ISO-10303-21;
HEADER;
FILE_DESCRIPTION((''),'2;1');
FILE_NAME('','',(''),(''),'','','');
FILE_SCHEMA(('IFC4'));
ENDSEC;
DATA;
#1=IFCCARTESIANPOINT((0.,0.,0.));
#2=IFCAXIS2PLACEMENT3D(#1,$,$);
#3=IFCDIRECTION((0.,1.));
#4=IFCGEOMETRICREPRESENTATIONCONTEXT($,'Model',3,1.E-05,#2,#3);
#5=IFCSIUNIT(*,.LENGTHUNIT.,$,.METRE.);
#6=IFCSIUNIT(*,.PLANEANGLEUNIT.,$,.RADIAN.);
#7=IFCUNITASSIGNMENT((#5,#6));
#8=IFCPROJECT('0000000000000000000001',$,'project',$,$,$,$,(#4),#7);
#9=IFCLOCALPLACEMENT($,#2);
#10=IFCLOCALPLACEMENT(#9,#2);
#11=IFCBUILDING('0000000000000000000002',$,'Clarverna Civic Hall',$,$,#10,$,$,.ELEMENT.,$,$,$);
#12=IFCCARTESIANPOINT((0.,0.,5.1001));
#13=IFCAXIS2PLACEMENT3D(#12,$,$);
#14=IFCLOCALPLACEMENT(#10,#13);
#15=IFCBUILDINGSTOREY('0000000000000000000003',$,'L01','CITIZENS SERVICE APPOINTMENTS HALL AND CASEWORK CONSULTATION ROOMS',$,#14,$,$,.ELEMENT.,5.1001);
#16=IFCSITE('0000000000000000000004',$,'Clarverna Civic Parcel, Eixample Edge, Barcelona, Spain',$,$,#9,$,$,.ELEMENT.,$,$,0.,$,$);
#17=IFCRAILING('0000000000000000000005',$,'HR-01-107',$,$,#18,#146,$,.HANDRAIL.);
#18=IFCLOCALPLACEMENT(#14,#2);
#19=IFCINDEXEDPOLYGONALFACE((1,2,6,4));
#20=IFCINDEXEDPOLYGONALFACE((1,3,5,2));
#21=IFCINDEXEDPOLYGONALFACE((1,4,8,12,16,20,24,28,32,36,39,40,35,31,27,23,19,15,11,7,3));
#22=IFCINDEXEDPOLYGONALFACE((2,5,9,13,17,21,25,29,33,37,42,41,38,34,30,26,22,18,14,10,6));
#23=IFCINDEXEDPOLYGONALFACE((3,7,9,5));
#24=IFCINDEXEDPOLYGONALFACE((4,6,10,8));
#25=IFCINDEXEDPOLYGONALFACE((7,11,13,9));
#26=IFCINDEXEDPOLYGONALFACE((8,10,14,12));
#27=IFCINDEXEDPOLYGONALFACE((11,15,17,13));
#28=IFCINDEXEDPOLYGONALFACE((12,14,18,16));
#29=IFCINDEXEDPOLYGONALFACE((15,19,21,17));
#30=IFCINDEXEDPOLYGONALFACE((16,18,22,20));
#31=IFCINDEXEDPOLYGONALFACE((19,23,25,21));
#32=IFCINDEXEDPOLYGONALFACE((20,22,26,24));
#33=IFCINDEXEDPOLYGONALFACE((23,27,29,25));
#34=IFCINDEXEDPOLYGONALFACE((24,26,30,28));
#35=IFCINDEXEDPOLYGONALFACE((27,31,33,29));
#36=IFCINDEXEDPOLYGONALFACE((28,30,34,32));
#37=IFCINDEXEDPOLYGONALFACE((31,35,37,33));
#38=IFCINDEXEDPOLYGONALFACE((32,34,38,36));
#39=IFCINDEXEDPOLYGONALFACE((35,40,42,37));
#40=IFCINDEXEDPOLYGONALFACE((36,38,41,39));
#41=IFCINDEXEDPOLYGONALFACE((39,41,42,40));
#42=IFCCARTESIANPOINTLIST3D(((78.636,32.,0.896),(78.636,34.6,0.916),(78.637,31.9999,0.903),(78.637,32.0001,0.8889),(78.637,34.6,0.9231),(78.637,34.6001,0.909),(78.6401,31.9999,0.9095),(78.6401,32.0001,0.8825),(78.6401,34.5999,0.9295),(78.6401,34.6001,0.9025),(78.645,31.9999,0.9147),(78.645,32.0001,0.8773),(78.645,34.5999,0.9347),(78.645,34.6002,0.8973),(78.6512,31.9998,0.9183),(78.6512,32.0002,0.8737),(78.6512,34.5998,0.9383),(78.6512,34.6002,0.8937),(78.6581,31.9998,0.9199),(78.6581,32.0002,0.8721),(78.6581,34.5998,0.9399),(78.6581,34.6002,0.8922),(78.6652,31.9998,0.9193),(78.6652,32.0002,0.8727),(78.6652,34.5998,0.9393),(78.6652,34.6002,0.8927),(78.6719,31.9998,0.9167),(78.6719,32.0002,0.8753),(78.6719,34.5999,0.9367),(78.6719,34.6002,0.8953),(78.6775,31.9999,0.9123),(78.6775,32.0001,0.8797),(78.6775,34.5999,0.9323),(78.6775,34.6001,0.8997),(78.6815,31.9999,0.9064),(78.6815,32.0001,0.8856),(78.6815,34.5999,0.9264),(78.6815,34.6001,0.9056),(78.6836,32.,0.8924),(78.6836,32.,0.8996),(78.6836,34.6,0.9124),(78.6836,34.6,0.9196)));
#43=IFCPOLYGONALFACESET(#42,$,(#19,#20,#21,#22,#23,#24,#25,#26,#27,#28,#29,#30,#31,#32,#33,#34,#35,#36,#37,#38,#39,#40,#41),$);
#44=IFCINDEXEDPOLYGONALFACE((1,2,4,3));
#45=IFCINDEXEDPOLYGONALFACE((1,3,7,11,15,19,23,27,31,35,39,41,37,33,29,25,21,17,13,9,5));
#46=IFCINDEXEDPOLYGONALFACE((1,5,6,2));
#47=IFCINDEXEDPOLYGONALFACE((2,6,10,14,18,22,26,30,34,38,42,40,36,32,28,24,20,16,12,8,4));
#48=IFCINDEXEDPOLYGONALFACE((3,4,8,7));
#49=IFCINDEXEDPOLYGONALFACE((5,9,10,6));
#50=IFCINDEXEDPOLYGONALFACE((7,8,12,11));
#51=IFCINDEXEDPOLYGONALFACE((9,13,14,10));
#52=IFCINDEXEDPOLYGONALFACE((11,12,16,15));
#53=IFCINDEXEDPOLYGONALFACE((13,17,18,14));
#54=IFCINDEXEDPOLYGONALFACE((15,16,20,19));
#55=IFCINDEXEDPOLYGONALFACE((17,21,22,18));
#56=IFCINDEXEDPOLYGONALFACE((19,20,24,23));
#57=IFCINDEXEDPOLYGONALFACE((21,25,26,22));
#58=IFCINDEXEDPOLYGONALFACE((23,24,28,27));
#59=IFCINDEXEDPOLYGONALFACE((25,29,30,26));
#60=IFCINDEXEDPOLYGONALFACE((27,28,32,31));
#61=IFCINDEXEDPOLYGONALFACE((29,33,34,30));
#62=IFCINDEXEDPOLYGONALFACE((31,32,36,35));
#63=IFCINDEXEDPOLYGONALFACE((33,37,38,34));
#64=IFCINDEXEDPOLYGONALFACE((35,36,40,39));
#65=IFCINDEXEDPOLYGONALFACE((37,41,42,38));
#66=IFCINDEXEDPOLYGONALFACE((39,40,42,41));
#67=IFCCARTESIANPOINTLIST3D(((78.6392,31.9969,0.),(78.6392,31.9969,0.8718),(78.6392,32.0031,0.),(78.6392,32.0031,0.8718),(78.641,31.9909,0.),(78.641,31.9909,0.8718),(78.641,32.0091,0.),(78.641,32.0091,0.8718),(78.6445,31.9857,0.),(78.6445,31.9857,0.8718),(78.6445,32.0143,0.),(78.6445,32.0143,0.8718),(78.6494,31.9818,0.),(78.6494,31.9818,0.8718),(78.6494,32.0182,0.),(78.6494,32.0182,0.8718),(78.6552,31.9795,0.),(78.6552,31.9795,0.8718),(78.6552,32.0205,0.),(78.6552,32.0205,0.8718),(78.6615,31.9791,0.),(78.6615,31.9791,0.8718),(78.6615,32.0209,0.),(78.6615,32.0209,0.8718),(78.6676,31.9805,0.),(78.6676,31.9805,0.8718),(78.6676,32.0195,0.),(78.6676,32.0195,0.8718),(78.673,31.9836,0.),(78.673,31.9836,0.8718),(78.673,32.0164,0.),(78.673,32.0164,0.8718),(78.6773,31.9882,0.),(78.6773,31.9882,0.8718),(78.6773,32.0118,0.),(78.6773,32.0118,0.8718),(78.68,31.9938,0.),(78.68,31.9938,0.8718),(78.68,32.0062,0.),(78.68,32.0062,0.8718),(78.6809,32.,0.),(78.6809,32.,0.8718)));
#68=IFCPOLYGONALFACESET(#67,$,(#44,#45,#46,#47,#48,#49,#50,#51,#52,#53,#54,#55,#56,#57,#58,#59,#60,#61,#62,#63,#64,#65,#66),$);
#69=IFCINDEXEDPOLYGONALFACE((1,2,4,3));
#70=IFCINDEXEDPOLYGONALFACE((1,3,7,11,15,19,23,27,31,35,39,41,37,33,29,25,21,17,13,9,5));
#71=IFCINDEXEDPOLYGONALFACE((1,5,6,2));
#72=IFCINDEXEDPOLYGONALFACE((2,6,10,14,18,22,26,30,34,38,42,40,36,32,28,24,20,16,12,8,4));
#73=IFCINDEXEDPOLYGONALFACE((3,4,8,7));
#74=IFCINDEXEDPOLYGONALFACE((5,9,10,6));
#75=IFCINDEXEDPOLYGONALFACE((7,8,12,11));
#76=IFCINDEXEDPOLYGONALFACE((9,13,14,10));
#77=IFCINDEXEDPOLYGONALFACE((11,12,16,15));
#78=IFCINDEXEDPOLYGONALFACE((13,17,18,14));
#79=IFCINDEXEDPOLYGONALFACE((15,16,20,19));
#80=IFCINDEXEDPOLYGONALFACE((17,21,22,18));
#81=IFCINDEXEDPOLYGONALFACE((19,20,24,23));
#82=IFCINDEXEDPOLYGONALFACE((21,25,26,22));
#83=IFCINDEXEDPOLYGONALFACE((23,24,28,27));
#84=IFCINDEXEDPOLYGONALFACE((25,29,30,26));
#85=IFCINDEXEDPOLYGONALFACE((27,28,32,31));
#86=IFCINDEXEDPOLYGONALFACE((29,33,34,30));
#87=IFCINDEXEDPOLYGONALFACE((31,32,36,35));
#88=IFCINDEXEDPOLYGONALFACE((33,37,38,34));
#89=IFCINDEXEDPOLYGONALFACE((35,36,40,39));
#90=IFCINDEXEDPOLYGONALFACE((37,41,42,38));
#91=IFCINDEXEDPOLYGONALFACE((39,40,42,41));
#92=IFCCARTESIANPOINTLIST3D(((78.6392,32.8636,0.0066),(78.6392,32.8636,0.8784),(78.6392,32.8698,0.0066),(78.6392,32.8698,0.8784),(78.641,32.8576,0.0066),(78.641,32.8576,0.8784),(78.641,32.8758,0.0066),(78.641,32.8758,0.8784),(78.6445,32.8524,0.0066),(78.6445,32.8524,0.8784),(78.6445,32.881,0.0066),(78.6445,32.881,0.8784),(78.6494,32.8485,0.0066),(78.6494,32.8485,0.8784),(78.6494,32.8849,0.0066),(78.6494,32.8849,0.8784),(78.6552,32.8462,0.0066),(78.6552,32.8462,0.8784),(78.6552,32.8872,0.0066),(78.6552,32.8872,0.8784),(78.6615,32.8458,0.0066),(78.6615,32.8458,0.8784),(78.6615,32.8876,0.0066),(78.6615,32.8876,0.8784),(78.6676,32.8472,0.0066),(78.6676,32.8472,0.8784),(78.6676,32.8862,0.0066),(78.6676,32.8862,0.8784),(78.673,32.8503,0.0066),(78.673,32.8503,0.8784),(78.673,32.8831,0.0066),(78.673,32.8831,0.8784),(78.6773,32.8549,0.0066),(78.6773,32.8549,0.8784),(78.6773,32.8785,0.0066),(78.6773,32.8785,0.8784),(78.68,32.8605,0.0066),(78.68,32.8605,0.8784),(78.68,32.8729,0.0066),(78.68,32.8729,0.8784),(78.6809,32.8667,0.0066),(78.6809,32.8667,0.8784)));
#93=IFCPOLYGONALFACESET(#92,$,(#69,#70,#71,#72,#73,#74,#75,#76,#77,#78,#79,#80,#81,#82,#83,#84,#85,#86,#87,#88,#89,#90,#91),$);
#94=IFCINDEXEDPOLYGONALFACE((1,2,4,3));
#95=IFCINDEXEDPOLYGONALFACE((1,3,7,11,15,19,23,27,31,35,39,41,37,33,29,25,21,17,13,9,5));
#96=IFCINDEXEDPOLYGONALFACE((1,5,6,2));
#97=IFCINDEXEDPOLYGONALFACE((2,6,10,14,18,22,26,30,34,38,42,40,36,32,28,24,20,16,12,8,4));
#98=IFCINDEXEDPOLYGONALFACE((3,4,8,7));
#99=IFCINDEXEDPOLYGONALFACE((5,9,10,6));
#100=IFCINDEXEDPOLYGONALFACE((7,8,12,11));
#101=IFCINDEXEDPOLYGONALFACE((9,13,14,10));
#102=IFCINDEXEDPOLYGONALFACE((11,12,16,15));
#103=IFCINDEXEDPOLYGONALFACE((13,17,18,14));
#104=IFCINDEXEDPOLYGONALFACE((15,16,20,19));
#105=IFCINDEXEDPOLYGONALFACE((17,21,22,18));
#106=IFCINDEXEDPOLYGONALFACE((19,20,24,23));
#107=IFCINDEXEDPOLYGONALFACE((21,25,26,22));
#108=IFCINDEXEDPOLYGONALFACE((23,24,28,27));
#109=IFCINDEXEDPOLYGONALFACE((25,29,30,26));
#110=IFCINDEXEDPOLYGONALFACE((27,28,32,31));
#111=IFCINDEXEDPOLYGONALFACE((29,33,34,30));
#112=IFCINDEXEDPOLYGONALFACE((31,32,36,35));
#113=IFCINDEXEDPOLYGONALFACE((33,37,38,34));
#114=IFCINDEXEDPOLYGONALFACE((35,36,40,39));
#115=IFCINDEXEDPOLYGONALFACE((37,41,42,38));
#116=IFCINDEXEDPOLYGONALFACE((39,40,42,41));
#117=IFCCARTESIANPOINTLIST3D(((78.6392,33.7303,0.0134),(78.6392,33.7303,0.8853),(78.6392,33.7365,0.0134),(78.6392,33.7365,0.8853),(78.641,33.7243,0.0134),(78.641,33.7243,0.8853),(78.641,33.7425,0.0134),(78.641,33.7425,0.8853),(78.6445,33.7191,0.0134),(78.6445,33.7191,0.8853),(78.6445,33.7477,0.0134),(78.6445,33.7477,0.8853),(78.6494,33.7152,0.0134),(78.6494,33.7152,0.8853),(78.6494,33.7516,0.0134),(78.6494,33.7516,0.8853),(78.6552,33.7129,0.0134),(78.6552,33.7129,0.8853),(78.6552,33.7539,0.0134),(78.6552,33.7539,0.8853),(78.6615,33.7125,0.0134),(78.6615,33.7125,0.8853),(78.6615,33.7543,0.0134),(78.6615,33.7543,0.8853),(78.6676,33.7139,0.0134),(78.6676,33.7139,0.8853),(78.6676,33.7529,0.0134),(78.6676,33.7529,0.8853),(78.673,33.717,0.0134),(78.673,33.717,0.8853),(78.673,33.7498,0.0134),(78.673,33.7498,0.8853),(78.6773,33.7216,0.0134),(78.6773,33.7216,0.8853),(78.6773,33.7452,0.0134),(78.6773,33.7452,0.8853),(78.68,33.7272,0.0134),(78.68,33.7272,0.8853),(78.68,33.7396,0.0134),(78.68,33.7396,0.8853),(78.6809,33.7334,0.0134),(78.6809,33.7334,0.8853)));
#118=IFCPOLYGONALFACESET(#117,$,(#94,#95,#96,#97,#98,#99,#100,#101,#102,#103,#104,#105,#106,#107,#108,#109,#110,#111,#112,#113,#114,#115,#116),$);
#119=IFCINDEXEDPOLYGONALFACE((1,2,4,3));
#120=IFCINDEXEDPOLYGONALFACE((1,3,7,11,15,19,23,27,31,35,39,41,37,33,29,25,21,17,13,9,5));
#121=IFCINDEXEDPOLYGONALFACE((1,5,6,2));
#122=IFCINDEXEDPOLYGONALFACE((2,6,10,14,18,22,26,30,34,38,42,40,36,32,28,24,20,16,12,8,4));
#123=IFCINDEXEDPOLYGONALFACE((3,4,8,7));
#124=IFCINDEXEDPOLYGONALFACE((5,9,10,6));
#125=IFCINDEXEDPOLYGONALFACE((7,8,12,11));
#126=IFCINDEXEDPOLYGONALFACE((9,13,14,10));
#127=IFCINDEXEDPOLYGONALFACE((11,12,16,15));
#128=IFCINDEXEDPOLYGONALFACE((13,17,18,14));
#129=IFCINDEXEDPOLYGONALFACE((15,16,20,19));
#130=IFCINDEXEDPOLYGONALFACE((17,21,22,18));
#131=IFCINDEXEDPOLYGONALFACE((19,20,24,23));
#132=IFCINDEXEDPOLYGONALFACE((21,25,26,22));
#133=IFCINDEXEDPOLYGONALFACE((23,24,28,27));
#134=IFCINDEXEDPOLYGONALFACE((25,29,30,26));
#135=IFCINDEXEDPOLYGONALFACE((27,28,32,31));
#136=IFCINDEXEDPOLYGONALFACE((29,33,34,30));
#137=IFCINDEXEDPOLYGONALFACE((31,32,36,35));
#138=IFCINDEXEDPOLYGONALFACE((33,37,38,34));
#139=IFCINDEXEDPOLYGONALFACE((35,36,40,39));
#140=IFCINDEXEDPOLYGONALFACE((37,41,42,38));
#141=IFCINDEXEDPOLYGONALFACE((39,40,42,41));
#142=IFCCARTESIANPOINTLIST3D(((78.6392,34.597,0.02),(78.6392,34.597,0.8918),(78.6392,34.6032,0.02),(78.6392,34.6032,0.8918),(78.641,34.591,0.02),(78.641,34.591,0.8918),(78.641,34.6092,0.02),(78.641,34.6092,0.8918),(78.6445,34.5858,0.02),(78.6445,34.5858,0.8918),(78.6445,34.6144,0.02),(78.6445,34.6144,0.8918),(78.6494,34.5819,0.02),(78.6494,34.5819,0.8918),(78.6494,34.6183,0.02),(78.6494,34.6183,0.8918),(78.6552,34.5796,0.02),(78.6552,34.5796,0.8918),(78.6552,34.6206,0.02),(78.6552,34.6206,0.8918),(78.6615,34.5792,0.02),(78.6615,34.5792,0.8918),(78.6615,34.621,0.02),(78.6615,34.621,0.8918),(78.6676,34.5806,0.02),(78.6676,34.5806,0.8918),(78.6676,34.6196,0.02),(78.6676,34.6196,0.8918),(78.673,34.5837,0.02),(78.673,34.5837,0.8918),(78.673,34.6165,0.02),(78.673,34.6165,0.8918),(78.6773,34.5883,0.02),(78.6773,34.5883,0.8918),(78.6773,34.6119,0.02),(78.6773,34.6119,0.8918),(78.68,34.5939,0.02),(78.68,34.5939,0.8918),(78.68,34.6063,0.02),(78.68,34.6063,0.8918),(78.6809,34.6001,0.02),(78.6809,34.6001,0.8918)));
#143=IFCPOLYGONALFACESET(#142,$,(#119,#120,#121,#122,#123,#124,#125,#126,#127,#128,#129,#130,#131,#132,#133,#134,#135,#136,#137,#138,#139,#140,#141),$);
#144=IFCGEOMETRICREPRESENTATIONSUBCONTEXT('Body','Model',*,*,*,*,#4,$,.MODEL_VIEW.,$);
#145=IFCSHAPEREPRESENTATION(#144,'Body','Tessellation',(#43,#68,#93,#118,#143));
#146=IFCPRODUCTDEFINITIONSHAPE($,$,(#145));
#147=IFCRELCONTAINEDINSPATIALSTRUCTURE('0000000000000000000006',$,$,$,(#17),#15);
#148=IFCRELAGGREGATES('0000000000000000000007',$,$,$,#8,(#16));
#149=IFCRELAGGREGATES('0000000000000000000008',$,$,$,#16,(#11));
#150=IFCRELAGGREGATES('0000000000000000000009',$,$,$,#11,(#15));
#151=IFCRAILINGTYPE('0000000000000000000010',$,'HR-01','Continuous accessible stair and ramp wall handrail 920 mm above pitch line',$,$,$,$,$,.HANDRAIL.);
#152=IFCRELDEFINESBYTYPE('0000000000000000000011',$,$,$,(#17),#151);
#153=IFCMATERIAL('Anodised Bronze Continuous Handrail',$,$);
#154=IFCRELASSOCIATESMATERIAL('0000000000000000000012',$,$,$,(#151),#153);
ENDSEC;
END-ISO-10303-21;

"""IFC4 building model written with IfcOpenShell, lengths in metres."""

from ifc_helpers import new_model, si_unit, direction, frame, origin, origin_2d, place, context, subcontext, project, spatial, circle, extrude, material, type_object, element, save


model = new_model("IFC4")

# Units and contexts
model_context = context("Model", 3, precision=1e-05, world=origin(), true_north=direction((0.0, 1.0)))
body_context = subcontext(model_context, "Body", "Model", "MODEL_VIEW")
ifc_project = project(units=[si_unit("LENGTHUNIT", "METRE"), si_unit("PLANEANGLEUNIT", "RADIAN")], contexts=[model_context])

# Site, building, storey
site_placement = place(None, origin())
site = spatial("IfcSite", under=ifc_project, at=site_placement, Name="Clarverna Civic Parcel, Eixample Edge, Barcelona, Spain", CompositionType="ELEMENT", RefElevation=0.0)
building_placement = place(site_placement, origin())
building = spatial("IfcBuilding", under=site, at=building_placement, Name="Clarverna Civic Hall", CompositionType="ELEMENT")
storey_placement = place(building_placement, frame((0.0, 0.0, 5.1001)))
storey = spatial("IfcBuildingStorey", under=building, at=storey_placement, Name="L01", Description="CITIZENS SERVICE APPOINTMENTS HALL AND CASEWORK CONSULTATION ROOMS", CompositionType="ELEMENT", Elevation=5.1001)

# Railing
ifc_material_1 = material(Name="Anodised Bronze Continuous Handrail")
railing_type = type_object("IfcRailingType", Name="HR-01", Description="Continuous accessible stair and ramp wall handrail 920 mm above pitch line", PredefinedType="HANDRAIL", material=ifc_material_1)
for number, where, name in (
    (1, (78.6599, 32.0, 0.0), "HR-01-107"),
):
    element("IfcRailing", number, at=place(storey_placement, frame(where)), inside=storey, type_object=railing_type, Name=name, PredefinedType="HANDRAIL", context=body_context, shape_type="SweptSolid", body=[
        extrude(circle(Radius=0.0239, at=origin_2d()), frame((0.0, 0.0, 0.896), z_axis=(0.0, 0.99997, 0.007699), x_axis=(-1.0, 0.0, 0.0)), (0.0, 0.0, 1.0), 2.6001),
        extrude(circle(Radius=0.021, at=origin_2d()), origin(), (0.0, 0.0, 1.0), 0.8718),
        extrude(circle(Radius=0.021, at=origin_2d()), frame((0.0, 0.8667, 0.0066)), (0.0, 0.0, 1.0), 0.8718),
        extrude(circle(Radius=0.021, at=origin_2d()), frame((0.0, 1.7334, 0.0134)), (0.0, 0.0, 1.0), 0.8718),
        extrude(circle(Radius=0.021, at=origin_2d()), frame((0.0, 2.6001, 0.02)), (0.0, 0.0, 1.0), 0.8718),
    ])

save(model, "model.ifc")
